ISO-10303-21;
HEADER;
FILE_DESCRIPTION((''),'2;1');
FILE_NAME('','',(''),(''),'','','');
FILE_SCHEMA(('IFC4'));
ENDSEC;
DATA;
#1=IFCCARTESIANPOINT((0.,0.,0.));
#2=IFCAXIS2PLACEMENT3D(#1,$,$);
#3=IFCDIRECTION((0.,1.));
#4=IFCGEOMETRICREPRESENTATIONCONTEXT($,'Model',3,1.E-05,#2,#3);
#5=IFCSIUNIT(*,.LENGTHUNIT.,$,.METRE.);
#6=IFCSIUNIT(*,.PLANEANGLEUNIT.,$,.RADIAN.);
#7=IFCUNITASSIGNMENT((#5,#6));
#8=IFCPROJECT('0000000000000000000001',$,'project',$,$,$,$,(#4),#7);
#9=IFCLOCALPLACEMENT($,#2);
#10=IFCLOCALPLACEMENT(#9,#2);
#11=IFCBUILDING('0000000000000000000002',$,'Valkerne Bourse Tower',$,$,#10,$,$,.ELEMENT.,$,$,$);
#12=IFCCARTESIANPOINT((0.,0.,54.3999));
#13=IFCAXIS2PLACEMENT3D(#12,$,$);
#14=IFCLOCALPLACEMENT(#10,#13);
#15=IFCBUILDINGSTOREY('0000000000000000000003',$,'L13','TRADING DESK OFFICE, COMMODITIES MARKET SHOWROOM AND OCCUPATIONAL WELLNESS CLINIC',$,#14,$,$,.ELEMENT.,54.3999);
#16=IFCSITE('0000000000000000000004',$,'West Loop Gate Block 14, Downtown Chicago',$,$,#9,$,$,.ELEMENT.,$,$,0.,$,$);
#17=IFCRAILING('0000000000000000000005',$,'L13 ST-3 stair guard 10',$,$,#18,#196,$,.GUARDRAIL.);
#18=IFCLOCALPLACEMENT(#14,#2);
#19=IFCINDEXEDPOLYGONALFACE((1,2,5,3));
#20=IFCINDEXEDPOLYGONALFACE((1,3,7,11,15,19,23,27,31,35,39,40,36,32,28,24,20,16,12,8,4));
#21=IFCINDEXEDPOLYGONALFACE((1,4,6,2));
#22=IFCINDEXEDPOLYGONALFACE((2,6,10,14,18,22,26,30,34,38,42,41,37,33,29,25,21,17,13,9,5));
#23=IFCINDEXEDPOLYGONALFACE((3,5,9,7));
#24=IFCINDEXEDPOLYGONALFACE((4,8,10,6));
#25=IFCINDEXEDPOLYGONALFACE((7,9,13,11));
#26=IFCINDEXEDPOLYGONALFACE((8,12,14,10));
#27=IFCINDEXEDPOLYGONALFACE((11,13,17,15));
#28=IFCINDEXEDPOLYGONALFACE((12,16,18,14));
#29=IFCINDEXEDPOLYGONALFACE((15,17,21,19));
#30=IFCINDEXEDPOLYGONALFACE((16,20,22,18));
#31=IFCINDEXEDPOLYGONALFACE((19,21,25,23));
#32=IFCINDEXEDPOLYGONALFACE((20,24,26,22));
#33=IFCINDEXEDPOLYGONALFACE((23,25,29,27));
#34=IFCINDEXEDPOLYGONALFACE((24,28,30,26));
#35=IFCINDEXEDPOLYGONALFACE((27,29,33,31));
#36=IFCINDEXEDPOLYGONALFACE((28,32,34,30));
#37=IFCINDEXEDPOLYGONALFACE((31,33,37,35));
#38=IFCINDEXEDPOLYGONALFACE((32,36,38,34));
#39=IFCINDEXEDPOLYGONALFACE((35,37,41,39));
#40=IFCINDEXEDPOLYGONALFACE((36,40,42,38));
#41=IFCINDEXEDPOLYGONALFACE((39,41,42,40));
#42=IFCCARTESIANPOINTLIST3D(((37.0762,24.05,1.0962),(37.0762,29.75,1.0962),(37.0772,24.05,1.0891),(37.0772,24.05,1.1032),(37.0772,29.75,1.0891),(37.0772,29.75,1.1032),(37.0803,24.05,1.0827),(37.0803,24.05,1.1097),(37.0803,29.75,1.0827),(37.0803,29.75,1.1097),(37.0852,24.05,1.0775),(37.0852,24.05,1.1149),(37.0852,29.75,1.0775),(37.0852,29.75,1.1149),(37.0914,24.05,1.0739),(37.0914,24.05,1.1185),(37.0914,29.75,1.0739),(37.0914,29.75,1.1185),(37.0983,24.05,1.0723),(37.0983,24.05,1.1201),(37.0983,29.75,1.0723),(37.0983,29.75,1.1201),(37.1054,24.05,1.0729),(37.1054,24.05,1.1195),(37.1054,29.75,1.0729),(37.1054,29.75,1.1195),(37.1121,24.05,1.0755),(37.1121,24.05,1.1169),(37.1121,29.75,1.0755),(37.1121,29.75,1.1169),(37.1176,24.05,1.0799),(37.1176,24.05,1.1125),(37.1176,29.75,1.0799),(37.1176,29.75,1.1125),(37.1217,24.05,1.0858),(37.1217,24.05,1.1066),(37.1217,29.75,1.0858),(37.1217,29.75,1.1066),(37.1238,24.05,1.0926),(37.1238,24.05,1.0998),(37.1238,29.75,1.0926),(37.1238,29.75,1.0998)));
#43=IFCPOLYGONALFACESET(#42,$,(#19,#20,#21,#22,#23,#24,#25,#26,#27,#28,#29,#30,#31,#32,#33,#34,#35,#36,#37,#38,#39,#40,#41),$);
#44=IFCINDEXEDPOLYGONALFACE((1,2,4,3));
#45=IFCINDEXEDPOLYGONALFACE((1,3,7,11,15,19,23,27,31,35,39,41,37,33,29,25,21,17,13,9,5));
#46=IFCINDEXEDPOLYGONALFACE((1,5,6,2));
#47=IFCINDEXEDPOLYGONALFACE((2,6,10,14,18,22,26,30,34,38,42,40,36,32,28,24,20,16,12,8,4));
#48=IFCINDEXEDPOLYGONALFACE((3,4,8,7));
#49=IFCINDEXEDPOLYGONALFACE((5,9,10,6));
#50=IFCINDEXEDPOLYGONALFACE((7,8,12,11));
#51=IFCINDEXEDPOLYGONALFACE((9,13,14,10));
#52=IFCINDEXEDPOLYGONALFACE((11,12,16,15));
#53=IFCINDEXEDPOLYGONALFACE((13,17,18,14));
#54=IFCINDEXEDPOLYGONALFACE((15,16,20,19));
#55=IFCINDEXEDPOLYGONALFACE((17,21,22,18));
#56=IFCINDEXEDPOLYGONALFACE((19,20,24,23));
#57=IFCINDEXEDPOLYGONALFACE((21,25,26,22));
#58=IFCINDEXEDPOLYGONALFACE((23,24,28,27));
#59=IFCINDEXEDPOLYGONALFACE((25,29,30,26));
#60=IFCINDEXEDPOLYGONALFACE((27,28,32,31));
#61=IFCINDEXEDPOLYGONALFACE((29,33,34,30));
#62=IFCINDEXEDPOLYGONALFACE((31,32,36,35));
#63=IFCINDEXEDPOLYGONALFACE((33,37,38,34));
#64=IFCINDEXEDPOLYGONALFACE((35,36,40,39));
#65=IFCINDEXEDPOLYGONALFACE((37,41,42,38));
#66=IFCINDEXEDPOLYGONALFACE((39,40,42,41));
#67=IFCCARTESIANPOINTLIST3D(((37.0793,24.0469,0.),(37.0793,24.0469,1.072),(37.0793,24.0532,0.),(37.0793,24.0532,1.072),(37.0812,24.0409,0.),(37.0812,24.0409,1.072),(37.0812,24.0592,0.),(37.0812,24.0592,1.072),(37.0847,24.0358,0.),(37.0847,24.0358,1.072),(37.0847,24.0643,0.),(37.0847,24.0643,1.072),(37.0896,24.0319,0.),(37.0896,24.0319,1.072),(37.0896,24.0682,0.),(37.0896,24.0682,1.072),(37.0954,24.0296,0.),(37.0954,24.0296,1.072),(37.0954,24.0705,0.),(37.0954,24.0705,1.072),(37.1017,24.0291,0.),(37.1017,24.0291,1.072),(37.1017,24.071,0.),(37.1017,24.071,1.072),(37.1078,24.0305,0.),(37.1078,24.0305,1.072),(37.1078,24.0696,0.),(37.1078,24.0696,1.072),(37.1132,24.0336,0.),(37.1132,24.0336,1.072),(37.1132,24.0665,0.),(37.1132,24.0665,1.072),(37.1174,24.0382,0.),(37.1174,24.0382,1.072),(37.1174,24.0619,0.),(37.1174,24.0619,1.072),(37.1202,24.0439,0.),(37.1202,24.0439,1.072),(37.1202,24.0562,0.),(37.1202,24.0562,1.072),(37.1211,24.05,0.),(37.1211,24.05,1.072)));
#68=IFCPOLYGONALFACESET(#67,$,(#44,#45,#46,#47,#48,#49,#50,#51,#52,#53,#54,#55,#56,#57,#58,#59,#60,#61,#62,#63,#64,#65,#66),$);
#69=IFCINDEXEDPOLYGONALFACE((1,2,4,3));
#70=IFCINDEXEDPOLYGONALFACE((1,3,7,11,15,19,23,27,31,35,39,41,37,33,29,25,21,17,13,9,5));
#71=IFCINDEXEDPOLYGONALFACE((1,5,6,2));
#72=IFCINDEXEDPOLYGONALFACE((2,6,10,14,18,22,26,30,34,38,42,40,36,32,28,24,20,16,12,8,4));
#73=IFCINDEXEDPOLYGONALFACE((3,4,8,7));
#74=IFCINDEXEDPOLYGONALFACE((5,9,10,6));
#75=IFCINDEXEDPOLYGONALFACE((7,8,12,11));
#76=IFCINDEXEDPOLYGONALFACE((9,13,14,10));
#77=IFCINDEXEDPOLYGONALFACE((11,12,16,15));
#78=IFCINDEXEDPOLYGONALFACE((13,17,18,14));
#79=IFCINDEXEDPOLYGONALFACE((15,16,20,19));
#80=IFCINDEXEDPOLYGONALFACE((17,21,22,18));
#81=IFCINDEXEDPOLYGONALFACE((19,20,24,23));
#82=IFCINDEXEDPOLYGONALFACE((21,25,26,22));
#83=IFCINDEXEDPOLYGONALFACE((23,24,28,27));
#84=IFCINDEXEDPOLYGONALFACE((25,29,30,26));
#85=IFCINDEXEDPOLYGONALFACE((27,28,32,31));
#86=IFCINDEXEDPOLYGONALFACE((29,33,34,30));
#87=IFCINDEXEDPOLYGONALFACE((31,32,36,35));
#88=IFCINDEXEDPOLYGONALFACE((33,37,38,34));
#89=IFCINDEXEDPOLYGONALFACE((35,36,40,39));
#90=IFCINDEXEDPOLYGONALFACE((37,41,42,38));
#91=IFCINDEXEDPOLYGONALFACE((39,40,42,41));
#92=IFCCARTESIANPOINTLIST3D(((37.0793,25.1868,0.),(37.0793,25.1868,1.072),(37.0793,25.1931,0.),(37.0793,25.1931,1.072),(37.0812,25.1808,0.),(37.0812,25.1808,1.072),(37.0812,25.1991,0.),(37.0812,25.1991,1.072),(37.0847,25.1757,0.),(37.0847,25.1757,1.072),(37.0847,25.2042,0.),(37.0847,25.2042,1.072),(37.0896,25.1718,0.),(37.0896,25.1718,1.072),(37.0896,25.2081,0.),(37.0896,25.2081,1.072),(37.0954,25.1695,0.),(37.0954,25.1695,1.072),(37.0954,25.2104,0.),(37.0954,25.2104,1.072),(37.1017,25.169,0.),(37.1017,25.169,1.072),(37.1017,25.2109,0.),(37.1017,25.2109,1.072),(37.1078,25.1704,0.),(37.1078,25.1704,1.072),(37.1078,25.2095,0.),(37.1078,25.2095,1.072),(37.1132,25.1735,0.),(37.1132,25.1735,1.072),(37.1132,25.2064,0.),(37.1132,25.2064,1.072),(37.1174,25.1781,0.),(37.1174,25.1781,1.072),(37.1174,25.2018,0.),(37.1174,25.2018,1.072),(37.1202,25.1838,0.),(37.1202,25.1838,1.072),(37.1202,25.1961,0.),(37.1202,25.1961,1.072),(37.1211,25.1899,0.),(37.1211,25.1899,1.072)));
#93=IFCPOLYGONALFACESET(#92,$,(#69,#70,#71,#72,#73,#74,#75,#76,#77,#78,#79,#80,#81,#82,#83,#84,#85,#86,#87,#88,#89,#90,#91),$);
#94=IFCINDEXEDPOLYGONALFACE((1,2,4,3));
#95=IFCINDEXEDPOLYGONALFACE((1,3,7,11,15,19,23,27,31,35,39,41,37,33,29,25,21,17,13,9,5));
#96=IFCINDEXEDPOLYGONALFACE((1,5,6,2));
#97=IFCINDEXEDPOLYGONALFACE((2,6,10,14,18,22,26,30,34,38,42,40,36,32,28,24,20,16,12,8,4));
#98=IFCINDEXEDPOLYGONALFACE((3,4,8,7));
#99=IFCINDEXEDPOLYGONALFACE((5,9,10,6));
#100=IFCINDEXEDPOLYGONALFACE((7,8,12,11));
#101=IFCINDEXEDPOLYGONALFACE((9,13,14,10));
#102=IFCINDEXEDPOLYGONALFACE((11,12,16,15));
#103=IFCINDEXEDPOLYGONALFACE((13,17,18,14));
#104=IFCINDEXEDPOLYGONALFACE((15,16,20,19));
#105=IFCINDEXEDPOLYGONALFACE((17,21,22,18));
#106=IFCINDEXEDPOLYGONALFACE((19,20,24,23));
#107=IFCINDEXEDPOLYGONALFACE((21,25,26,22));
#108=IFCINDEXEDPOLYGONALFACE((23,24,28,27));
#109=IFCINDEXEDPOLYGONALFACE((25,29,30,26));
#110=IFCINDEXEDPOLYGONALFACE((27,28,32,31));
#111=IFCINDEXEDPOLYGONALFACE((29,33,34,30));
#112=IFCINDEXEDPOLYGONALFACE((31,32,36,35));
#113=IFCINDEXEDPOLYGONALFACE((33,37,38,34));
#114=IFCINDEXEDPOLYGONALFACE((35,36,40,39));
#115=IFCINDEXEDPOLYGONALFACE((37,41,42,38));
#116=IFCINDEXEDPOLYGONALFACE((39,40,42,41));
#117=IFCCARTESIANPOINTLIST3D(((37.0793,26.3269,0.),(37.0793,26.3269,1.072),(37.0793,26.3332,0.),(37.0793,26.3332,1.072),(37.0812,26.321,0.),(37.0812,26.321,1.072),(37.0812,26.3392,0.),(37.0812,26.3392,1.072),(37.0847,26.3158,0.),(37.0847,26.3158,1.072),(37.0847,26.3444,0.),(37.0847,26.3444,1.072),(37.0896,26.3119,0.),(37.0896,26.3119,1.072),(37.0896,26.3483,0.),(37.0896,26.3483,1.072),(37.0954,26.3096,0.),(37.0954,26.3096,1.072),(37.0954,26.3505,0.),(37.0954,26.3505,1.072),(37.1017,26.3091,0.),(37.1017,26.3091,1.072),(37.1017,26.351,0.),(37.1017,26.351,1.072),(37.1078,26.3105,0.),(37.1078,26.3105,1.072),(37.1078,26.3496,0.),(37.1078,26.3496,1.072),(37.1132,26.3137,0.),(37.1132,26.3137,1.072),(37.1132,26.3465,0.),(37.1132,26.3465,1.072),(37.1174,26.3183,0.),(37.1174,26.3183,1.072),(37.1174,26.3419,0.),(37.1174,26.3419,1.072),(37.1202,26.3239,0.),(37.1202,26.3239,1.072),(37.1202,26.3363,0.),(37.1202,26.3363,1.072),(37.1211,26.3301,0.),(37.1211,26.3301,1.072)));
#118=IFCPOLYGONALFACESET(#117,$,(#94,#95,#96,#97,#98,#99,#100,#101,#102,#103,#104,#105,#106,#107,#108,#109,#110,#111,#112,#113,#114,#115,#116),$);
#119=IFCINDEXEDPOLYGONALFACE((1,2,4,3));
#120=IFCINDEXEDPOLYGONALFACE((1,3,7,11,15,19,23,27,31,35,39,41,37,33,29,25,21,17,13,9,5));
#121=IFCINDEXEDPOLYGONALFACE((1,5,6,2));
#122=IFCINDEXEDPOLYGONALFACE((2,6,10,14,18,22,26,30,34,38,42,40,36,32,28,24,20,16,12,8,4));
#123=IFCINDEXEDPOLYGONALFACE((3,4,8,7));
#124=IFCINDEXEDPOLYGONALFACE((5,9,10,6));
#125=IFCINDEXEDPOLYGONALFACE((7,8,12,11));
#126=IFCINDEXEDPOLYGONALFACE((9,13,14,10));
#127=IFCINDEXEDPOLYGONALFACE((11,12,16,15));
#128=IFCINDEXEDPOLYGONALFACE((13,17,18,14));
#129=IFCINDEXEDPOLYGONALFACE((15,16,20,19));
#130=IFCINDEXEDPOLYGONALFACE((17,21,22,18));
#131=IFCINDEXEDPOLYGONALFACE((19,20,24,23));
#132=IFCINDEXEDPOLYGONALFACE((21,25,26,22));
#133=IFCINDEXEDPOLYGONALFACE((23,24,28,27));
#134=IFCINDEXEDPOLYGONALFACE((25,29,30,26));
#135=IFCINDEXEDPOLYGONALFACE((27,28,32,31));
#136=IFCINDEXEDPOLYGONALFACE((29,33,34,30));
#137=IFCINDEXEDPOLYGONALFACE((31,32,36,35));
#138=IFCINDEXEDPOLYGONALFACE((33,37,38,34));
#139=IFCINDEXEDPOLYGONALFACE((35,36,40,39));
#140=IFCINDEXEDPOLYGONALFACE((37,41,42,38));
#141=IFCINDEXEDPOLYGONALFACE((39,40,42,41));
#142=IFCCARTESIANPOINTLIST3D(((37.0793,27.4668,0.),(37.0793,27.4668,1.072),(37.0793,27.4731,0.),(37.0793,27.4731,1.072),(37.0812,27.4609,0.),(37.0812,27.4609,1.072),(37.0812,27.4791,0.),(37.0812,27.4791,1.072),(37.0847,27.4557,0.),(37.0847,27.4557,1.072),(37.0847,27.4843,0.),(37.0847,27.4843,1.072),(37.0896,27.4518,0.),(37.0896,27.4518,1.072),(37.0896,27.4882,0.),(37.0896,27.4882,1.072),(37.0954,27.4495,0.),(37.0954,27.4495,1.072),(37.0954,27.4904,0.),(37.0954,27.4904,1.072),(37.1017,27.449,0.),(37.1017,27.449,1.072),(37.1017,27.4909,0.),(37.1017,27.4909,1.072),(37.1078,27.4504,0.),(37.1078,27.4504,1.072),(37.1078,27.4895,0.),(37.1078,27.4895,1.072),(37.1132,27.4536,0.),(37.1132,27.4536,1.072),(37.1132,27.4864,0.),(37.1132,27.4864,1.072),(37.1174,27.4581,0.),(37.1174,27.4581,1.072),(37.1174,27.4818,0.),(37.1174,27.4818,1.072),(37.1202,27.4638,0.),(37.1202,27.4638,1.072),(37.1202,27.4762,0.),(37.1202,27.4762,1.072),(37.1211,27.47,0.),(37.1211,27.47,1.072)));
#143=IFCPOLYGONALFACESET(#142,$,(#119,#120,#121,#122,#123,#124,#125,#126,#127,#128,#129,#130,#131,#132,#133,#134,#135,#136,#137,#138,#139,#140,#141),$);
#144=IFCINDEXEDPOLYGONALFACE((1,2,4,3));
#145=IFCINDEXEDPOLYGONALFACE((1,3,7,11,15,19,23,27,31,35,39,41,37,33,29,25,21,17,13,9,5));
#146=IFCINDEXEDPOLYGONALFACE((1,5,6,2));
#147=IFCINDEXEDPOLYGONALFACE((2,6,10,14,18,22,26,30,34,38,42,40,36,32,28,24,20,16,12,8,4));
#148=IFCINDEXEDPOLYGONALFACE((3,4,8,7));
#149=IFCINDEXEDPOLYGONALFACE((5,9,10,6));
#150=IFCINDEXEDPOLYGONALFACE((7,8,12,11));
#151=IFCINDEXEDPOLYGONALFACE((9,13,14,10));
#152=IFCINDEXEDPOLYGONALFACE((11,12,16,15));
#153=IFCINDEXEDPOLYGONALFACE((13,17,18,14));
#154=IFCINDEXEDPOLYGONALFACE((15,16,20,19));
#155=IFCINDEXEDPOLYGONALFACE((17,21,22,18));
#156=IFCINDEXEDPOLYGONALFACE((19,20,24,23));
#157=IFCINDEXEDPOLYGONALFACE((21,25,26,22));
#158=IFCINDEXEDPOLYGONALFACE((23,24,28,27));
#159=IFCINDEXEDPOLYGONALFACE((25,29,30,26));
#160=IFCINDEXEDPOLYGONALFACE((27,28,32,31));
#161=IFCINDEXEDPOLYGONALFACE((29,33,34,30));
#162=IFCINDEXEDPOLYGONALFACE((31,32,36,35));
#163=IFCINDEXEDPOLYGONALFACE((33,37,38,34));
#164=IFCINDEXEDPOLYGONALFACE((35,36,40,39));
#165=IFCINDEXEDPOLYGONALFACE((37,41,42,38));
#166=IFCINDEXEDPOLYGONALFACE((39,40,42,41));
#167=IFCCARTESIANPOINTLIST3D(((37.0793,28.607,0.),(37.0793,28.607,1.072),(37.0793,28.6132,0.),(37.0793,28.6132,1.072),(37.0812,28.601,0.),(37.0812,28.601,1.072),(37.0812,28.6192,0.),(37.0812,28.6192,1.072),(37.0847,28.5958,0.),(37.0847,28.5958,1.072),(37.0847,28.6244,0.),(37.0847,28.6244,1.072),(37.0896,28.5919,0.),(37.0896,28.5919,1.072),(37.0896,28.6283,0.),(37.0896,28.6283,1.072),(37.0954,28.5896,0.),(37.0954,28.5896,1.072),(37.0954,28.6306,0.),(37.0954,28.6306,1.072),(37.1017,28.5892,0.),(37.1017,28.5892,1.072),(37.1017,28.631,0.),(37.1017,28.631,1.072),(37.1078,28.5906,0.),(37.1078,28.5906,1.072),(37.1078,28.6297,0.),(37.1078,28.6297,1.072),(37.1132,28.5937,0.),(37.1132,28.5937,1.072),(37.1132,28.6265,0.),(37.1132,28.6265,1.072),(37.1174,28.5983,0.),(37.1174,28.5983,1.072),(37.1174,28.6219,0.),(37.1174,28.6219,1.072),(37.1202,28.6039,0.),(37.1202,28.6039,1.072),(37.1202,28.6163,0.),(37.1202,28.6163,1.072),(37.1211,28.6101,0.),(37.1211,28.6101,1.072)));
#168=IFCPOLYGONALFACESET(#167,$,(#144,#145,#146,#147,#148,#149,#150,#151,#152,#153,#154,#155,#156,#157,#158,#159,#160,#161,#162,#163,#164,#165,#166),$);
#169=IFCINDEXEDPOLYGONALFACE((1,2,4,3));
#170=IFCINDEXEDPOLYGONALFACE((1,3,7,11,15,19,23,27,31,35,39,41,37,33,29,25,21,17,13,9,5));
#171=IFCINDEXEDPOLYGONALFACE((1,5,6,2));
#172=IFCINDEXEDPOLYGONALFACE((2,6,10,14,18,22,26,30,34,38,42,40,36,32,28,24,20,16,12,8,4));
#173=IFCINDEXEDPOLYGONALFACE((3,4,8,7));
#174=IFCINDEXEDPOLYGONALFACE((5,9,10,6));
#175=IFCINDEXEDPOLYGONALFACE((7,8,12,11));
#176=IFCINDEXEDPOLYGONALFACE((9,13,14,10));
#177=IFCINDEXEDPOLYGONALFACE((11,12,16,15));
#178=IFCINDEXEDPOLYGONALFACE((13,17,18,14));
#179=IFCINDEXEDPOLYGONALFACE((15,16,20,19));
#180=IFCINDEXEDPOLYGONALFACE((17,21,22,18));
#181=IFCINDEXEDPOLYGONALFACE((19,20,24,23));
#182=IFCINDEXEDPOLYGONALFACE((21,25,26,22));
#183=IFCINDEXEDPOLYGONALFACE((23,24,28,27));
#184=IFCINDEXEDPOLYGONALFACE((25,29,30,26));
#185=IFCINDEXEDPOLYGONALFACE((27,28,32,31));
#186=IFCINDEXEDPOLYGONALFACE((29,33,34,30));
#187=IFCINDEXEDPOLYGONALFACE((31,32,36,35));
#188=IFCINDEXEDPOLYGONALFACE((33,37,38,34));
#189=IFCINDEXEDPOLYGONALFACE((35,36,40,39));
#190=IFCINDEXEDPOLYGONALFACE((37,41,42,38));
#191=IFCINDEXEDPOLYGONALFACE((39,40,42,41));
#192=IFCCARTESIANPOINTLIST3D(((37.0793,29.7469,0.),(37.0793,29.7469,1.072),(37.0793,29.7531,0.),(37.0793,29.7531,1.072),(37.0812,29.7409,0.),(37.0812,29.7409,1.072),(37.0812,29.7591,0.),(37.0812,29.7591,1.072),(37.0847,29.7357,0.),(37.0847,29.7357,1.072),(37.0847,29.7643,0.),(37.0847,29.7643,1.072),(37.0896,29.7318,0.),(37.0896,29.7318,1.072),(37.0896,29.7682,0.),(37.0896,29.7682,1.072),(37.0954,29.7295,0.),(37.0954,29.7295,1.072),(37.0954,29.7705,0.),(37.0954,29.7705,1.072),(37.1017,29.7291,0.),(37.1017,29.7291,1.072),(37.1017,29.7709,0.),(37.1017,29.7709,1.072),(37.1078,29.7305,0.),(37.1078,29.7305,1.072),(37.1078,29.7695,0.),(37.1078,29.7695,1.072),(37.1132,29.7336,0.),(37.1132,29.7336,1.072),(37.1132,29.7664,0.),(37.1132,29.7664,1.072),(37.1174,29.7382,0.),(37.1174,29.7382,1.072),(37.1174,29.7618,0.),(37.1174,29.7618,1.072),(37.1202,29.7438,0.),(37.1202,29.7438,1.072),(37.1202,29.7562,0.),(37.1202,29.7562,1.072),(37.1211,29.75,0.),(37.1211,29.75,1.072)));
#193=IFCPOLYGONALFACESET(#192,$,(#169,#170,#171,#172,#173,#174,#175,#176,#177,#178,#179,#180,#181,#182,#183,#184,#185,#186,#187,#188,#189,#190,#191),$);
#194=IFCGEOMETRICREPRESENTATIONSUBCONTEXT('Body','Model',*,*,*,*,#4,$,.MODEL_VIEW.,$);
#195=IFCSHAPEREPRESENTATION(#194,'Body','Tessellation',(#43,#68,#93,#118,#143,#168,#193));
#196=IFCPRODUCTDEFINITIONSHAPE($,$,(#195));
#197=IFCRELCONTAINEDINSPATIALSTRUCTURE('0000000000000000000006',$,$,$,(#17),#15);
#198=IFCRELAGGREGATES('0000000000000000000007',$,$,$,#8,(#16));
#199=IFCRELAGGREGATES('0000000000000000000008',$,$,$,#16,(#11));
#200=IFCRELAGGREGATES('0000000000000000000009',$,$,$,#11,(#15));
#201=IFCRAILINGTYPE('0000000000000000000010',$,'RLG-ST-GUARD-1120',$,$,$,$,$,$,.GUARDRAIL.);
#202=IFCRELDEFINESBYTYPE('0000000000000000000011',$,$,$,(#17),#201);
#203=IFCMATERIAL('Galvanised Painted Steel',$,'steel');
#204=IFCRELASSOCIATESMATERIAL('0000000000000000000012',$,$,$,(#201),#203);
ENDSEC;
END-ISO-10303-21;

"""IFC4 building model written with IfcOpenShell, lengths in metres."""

from ifc_helpers import new_model, si_unit, direction, frame, origin, origin_2d, place, context, subcontext, project, spatial, circle, extrude, material, type_object, element, save


model = new_model("IFC4")

# Units and contexts
model_context = context("Model", 3, precision=1e-05, world=origin(), true_north=direction((0.0, 1.0)))
body_context = subcontext(model_context, "Body", "Model", "MODEL_VIEW")
ifc_project = project(units=[si_unit("LENGTHUNIT", "METRE"), si_unit("PLANEANGLEUNIT", "RADIAN")], contexts=[model_context])

# Site, building, storey
site_placement = place(None, origin())
site = spatial("IfcSite", under=ifc_project, at=site_placement, Name="West Loop Gate Block 14, Downtown Chicago", CompositionType="ELEMENT", RefElevation=0.0)
building_placement = place(site_placement, origin())
building = spatial("IfcBuilding", under=site, at=building_placement, Name="Valkerne Bourse Tower", CompositionType="ELEMENT")
storey_placement = place(building_placement, frame((0.0, 0.0, 54.3999)))
storey = spatial("IfcBuildingStorey", under=building, at=storey_placement, Name="L13", Description="TRADING DESK OFFICE, COMMODITIES MARKET SHOWROOM AND OCCUPATIONAL WELLNESS CLINIC", CompositionType="ELEMENT", Elevation=54.3999)

# Shared definitions
ifc_material_1 = material(Name="Galvanised Painted Steel", Category="steel")

# Railing
railing_type_1 = type_object("IfcRailingType", Name="RLG-ST-GUARD-1120", PredefinedType="GUARDRAIL", material=ifc_material_1)
for number, where, name in (
    (1, (37.1001, 24.05, 0.0), "L13 ST-3 stair guard 10"),
):
    element("IfcRailing", number, at=place(storey_placement, frame(where)), inside=storey, type_object=railing_type_1, Name=name, PredefinedType="GUARDRAIL", context=body_context, shape_type="SweptSolid", body=[
        extrude(circle(Radius=0.0239, at=origin_2d()), frame((0.0, 0.0, 1.0962), z_axis=(0.0, 1.0, 0.0), x_axis=(-1.0, 0.0, 0.0)), (0.0, 0.0, 1.0), 5.7),
        extrude(circle(Radius=0.021, at=origin_2d()), origin(), (0.0, 0.0, 1.0), 1.072),
        extrude(circle(Radius=0.021, at=origin_2d()), frame((0.0, 1.1399, 0.0)), (0.0, 0.0, 1.0), 1.072),
        extrude(circle(Radius=0.021, at=origin_2d()), frame((0.0, 2.28, 0.0)), (0.0, 0.0, 1.0), 1.072),
        extrude(circle(Radius=0.021, at=origin_2d()), frame((0.0, 3.4199, 0.0)), (0.0, 0.0, 1.0), 1.072),
        extrude(circle(Radius=0.021, at=origin_2d()), frame((0.0, 4.5601, 0.0)), (0.0, 0.0, 1.0), 1.072),
        extrude(circle(Radius=0.021, at=origin_2d()), frame((0.0, 5.7, 0.0)), (0.0, 0.0, 1.0), 1.072),
    ])

save(model, "model.ifc")
